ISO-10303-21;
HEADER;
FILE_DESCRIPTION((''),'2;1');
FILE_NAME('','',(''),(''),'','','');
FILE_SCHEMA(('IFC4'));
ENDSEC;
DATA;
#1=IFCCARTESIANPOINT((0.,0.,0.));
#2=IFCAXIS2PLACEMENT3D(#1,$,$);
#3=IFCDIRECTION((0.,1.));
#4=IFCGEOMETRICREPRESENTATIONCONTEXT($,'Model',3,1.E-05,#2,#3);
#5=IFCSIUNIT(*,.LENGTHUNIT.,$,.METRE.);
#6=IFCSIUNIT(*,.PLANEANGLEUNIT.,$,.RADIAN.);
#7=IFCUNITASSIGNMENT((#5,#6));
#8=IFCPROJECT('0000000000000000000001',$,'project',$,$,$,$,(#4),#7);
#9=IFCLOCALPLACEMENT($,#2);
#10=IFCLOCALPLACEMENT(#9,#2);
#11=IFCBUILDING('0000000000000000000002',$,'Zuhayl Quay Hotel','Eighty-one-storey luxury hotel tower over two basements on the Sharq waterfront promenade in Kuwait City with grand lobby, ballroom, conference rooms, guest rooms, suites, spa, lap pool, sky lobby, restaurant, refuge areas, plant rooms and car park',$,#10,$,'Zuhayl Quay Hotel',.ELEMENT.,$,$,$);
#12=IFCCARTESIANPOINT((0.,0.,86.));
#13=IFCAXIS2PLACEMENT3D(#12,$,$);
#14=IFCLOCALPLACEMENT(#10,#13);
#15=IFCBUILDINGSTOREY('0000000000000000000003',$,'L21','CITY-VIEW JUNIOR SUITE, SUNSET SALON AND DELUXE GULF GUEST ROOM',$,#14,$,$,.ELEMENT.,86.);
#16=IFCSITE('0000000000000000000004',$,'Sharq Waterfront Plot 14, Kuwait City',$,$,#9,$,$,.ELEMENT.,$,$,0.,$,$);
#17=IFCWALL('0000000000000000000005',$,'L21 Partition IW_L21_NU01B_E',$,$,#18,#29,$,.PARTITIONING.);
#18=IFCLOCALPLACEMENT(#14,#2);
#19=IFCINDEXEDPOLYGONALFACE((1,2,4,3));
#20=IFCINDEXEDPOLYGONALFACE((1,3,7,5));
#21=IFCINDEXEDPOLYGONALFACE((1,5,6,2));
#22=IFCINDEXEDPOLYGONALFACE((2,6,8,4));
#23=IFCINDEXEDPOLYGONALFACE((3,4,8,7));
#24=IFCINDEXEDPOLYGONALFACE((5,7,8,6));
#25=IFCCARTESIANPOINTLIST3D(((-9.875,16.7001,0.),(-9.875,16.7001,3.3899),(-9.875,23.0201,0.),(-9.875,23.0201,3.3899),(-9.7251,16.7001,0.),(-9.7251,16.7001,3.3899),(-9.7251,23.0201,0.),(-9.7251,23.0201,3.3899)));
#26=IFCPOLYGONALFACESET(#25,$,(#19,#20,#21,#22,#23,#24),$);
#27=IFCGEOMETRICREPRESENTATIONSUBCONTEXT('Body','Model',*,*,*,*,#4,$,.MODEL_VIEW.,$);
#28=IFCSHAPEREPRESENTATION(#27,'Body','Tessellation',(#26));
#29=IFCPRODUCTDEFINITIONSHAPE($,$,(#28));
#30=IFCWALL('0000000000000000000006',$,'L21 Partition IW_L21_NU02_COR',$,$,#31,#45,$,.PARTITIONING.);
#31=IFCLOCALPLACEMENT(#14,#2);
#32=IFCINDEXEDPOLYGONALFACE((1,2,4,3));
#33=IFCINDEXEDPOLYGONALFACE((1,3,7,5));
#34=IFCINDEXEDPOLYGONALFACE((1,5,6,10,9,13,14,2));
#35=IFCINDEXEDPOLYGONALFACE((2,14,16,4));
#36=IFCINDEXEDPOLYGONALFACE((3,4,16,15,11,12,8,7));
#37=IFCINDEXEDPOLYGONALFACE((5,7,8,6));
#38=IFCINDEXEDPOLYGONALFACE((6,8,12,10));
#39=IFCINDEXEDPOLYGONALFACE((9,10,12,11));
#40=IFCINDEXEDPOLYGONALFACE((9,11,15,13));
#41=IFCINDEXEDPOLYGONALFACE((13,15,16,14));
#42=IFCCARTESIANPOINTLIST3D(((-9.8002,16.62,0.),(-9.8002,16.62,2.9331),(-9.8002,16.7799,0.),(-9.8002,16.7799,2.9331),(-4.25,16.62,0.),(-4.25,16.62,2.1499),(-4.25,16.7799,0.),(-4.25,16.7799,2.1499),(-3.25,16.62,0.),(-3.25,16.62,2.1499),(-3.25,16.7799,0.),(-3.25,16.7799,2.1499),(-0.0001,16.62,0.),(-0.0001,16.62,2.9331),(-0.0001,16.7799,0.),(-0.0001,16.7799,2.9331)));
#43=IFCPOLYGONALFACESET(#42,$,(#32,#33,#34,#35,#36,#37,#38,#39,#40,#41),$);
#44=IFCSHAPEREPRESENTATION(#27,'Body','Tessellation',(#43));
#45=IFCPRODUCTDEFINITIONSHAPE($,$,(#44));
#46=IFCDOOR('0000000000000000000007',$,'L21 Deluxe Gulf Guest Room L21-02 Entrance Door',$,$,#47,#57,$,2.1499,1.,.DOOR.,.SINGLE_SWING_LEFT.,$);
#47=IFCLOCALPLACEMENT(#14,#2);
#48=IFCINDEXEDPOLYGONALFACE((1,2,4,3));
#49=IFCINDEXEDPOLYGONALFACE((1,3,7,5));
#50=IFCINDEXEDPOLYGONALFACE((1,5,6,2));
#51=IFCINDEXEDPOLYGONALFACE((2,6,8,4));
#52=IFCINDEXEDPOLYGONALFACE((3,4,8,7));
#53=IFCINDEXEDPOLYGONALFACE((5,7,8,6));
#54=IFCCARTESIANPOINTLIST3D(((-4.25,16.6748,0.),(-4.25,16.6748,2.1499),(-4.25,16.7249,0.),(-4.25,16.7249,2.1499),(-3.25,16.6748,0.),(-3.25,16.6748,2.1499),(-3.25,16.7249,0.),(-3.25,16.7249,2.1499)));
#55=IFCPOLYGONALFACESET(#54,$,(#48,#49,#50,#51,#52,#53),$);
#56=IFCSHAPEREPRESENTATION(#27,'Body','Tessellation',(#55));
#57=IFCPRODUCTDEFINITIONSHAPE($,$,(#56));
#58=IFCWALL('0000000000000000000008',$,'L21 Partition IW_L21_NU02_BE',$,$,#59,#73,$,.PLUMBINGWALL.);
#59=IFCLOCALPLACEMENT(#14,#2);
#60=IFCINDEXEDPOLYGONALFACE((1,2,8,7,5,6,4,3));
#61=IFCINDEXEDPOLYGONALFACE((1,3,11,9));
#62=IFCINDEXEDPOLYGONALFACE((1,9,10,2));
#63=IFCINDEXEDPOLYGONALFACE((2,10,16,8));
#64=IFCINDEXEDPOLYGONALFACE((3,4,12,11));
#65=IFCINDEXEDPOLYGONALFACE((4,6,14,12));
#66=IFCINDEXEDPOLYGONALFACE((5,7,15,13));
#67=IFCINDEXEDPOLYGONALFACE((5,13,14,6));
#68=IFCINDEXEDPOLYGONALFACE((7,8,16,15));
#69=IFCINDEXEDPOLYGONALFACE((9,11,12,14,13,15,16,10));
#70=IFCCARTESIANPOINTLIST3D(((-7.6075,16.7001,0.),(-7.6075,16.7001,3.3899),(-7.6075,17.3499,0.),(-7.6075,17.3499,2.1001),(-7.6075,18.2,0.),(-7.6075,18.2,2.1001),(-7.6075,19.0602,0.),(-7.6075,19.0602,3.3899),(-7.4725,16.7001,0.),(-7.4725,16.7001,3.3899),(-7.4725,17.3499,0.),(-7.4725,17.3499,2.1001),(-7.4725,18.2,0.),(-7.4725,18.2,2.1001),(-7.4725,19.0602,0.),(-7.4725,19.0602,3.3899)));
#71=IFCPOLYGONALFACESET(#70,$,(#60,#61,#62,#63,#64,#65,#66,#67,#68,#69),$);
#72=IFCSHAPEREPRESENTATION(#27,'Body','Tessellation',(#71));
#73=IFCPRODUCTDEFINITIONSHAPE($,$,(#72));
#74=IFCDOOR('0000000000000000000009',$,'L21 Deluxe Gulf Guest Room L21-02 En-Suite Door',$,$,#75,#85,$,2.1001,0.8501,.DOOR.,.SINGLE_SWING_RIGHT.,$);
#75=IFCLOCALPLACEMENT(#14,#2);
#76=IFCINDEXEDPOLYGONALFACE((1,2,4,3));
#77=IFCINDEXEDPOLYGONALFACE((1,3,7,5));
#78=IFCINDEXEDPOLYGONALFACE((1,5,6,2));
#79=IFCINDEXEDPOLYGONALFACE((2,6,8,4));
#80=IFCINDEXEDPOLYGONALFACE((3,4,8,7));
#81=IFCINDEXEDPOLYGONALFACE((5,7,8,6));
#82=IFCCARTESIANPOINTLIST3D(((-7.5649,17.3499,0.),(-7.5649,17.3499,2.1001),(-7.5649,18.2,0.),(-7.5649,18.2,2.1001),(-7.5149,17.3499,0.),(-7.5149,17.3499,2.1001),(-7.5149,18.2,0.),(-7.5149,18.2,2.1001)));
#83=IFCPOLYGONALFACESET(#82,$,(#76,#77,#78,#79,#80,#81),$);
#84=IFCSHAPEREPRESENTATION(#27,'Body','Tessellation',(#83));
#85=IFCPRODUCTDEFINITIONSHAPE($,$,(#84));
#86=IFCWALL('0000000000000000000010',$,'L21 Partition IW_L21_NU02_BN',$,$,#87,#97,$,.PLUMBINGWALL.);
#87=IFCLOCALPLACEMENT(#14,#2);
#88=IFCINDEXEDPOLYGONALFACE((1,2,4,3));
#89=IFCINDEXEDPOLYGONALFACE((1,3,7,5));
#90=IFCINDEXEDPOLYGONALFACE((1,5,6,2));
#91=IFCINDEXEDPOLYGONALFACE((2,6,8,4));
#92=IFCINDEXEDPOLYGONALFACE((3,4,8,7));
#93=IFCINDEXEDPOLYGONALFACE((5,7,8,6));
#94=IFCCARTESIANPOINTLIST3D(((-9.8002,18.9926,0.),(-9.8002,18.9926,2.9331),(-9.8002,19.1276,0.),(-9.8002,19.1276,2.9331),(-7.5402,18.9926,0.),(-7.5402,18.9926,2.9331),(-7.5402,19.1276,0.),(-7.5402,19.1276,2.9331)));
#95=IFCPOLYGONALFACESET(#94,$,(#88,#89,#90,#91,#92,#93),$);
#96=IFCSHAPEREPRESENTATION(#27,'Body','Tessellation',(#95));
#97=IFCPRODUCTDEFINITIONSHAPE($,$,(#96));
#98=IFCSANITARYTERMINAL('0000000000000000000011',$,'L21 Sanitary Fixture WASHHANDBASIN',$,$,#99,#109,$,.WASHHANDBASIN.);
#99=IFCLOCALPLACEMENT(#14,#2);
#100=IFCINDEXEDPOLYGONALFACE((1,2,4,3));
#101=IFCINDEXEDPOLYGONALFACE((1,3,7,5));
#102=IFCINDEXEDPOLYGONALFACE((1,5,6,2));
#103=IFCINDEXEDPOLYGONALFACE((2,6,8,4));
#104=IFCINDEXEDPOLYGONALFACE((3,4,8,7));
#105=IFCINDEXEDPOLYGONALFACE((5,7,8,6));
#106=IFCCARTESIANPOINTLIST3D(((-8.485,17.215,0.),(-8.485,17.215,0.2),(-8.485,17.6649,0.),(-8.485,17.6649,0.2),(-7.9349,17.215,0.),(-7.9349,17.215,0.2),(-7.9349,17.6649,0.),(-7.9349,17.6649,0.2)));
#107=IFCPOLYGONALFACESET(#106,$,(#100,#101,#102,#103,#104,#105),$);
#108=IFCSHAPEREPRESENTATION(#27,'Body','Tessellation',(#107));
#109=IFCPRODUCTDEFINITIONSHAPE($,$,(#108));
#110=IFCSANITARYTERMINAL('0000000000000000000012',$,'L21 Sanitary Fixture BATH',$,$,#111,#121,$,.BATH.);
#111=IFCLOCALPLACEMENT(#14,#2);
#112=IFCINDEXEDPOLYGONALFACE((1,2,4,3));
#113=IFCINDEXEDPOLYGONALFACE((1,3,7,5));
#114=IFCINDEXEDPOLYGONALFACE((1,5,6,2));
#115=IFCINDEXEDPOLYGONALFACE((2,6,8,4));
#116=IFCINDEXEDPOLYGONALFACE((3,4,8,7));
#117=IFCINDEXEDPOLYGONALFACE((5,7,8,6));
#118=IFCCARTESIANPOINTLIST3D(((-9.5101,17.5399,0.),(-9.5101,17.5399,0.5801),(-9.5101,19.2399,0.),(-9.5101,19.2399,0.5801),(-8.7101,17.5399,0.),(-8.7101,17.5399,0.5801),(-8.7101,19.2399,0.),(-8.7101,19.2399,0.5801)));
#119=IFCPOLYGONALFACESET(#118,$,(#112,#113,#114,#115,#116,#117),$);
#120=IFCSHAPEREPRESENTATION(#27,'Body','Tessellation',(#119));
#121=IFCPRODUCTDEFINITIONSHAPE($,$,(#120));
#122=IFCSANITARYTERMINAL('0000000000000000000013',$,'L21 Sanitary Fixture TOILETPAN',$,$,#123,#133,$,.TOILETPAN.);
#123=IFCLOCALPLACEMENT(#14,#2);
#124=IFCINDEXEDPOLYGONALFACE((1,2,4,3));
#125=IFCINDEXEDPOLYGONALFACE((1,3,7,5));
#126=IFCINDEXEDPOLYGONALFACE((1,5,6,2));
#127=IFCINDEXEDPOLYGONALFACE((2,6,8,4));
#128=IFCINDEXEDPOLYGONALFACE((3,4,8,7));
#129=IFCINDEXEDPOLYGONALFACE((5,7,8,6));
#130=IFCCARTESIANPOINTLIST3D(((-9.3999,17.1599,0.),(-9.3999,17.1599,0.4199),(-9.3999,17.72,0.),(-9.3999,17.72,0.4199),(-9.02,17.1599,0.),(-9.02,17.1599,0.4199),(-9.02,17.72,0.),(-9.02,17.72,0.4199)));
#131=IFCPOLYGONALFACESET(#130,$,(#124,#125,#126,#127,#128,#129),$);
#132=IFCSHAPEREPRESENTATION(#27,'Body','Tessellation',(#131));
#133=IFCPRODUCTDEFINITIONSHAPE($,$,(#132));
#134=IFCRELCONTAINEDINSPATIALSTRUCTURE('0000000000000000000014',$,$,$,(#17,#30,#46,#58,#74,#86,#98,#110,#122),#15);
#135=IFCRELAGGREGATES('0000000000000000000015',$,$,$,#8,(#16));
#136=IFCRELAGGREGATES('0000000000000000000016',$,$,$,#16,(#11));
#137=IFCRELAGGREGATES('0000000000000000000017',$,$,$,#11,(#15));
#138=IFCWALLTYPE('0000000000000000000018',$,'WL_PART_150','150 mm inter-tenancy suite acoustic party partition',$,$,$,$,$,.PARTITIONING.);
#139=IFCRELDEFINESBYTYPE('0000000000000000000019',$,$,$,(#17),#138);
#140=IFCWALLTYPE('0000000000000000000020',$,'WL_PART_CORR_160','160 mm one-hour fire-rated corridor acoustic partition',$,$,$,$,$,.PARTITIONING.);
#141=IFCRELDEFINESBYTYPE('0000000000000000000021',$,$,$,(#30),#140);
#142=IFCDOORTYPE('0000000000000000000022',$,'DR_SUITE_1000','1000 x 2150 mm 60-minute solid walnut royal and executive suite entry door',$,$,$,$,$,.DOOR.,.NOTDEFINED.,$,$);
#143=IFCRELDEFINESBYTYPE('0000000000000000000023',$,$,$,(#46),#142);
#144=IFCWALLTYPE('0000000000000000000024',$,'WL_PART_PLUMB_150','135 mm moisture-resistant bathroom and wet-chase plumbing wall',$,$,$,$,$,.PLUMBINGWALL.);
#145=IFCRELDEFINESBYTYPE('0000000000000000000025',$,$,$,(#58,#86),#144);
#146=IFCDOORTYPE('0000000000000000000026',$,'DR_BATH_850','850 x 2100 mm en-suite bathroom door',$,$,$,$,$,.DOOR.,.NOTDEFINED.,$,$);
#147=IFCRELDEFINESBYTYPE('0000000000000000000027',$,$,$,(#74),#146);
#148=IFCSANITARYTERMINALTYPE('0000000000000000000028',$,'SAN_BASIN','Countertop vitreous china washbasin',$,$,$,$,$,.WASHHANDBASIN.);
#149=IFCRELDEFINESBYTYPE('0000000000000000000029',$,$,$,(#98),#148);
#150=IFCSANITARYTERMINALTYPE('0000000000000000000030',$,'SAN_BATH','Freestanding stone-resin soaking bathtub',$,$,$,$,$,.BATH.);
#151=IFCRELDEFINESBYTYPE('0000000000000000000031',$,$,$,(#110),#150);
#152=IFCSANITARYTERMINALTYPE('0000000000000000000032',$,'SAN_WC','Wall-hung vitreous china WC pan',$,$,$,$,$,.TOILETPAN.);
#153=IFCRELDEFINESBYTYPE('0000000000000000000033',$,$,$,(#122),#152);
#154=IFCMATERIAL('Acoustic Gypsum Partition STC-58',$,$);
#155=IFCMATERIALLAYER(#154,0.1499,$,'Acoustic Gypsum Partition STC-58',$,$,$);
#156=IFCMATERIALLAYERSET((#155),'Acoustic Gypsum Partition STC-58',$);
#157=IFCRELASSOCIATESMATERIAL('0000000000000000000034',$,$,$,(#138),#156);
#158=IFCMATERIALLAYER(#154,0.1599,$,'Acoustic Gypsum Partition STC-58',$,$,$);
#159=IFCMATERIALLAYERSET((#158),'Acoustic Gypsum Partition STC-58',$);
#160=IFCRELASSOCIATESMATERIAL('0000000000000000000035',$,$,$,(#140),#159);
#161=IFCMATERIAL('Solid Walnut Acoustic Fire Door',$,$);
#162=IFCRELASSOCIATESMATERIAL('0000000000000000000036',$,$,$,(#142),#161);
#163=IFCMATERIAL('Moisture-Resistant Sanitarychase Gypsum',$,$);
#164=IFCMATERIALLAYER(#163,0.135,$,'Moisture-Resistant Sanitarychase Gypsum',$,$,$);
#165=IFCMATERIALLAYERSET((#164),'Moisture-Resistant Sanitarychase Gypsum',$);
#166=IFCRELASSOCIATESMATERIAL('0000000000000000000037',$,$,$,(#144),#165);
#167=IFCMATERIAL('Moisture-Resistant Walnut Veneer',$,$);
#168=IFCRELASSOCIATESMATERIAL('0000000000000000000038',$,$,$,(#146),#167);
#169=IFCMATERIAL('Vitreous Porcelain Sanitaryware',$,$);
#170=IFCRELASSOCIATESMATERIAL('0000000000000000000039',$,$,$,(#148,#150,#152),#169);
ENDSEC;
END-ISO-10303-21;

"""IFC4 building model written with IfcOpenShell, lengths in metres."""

from ifc_helpers import new_model, si_unit, direction, frame, frame_2d, origin, origin_2d, place, context, subcontext, project, spatial, rectangle, extrude, material, layer, layer_set, type_object, element, fill, save


model = new_model("IFC4")

# Units and contexts
model_context = context("Model", 3, precision=1e-05, world=origin(), true_north=direction((0.0, 1.0)))
body_context = subcontext(model_context, "Body", "Model", "MODEL_VIEW")
ifc_project = project(units=[si_unit("LENGTHUNIT", "METRE"), si_unit("PLANEANGLEUNIT", "RADIAN")], contexts=[model_context])

# Site, building, storey
site_placement = place(None, origin())
site = spatial("IfcSite", under=ifc_project, at=site_placement, Name="Sharq Waterfront Plot 14, Kuwait City", CompositionType="ELEMENT", RefElevation=0.0)
building_placement = place(site_placement, origin())
building = spatial("IfcBuilding", under=site, at=building_placement, Name="Zuhayl Quay Hotel", Description="Eighty-one-storey luxury hotel tower over two basements on the Sharq waterfront promenade in Kuwait City with grand lobby, ballroom, conference rooms, guest rooms, suites, spa, lap pool, sky lobby, restaurant, refuge areas, plant rooms and car park", LongName="Zuhayl Quay Hotel", CompositionType="ELEMENT")
storey_placement = place(building_placement, frame((0.0, 0.0, 86.0)))
storey = spatial("IfcBuildingStorey", under=building, at=storey_placement, Name="L21", Description="CITY-VIEW JUNIOR SUITE, SUNSET SALON AND DELUXE GULF GUEST ROOM", CompositionType="ELEMENT", Elevation=86.0)

# Wall
ifc_material_1 = material(Name="Acoustic Gypsum Partition STC-58")
ifc_layer_1 = layer(ifc_material_1, 0.1499, Name="Acoustic Gypsum Partition STC-58")
ifc_layer_set_1 = layer_set([ifc_layer_1], Name="Acoustic Gypsum Partition STC-58")
wall_type_1 = type_object("IfcWallType", Name="WL_PART_150", Description="150 mm inter-tenancy suite acoustic party partition", PredefinedType="PARTITIONING", material=ifc_layer_set_1)
wall_1_placement = place(storey_placement, frame((-9.8, 16.7, 0.0), z_axis=(0.0, 0.0, 1.0), x_axis=(0.0, 1.0, 0.0)))
element("IfcWall", 1, at=wall_1_placement, inside=storey, type_object=wall_type_1, Name="L21 Partition IW_L21_NU01B_E", PredefinedType="PARTITIONING", context=body_context, shape_type="SweptSolid", body=[
    extrude(rectangle(XDim=6.3201, YDim=0.1499, at=frame_2d((3.1602, 0.0))), origin(), (0.0, 0.0, 1.0), 3.3899),
])

# Walls, openings, doors
ifc_layer_2 = layer(ifc_material_1, 0.1599, Name="Acoustic Gypsum Partition STC-58")
ifc_layer_set_2 = layer_set([ifc_layer_2], Name="Acoustic Gypsum Partition STC-58")
wall_type_2 = type_object("IfcWallType", Name="WL_PART_CORR_160", Description="160 mm one-hour fire-rated corridor acoustic partition", PredefinedType="PARTITIONING", material=ifc_layer_set_2)
wall_2_placement = place(storey_placement, frame((-9.8, 16.7, 0.0), z_axis=(0.0, 0.0, 1.0), x_axis=(1.0, 0.0, 0.0)))
wall_2 = element("IfcWall", 2, at=wall_2_placement, inside=storey, type_object=wall_type_2, Name="L21 Partition IW_L21_NU02_COR", PredefinedType="PARTITIONING", context=body_context, shape_type="SweptSolid", body=[
    extrude(rectangle(XDim=9.8, YDim=0.1599, at=frame_2d((4.8999, 0.0))), origin(), (0.0, 0.0, 1.0), 2.9331),
])
opening_1_placement = place(wall_2_placement, frame((5.55, 0.0, 0.0)))
opening_1 = element("IfcOpeningElement", 3, at=opening_1_placement, cuts=wall_2, PredefinedType="OPENING", context=body_context, shape_type="SweptSolid", body=[
    extrude(rectangle(XDim=1.0, YDim=2.1499, at=frame_2d((0.5, 1.075))), frame((0.0, 0.0898, 0.0), z_axis=(0.0, -1.0, 0.0), x_axis=(1.0, 0.0, 0.0)), (0.0, 0.0, 1.0), 0.1799),
])
ifc_material_2 = material(Name="Solid Walnut Acoustic Fire Door")
door_type_1 = type_object("IfcDoorType", Name="DR_SUITE_1000", Description="1000 x 2150 mm 60-minute solid walnut royal and executive suite entry door", OperationType="NOTDEFINED", PredefinedType="DOOR", material=ifc_material_2)
door_1_placement = place(opening_1_placement, origin())
door_1 = element("IfcDoor", 4, at=door_1_placement, inside=storey, type_object=door_type_1, Name="L21 Deluxe Gulf Guest Room L21-02 Entrance Door", OperationType="SINGLE_SWING_LEFT", OverallHeight=2.1499, OverallWidth=1.0, PredefinedType="DOOR", context=body_context, shape_type="SweptSolid", body=[
    extrude(rectangle(XDim=1.0, YDim=2.1499, at=frame_2d((0.5, 1.075))), frame((0.0, 0.0249, 0.0), z_axis=(0.0, -1.0, 0.0), x_axis=(1.0, 0.0, 0.0)), (0.0, 0.0, 1.0), 0.05),
])
fill(opening_1, door_1)
ifc_material_3 = material(Name="Moisture-Resistant Sanitarychase Gypsum")
ifc_layer_3 = layer(ifc_material_3, 0.135, Name="Moisture-Resistant Sanitarychase Gypsum")
ifc_layer_set_3 = layer_set([ifc_layer_3], Name="Moisture-Resistant Sanitarychase Gypsum")
wall_type_3 = type_object("IfcWallType", Name="WL_PART_PLUMB_150", Description="135 mm moisture-resistant bathroom and wet-chase plumbing wall", PredefinedType="PLUMBINGWALL", material=ifc_layer_set_3)
wall_3_placement = place(storey_placement, frame((-7.54, 16.7, 0.0), z_axis=(0.0, 0.0, 1.0), x_axis=(0.0, 1.0, 0.0)))
wall_3 = element("IfcWall", 5, at=wall_3_placement, inside=storey, type_object=wall_type_3, Name="L21 Partition IW_L21_NU02_BE", PredefinedType="PLUMBINGWALL", context=body_context, shape_type="SweptSolid", body=[
    extrude(rectangle(XDim=2.3601, YDim=0.135, at=frame_2d((1.1802, 0.0))), origin(), (0.0, 0.0, 1.0), 3.3899),
])
opening_2_placement = place(wall_3_placement, frame((0.6499, 0.0, 0.0)))
opening_2 = element("IfcOpeningElement", 6, at=opening_2_placement, cuts=wall_3, PredefinedType="OPENING", context=body_context, shape_type="SweptSolid", body=[
    extrude(rectangle(XDim=0.8501, YDim=2.1001, at=frame_2d((0.425, 1.05))), frame((0.0, 0.0774, 0.0), z_axis=(0.0, -1.0, 0.0), x_axis=(1.0, 0.0, 0.0)), (0.0, 0.0, 1.0), 0.155),
])
ifc_material_4 = material(Name="Moisture-Resistant Walnut Veneer")
door_type_2 = type_object("IfcDoorType", Name="DR_BATH_850", Description="850 x 2100 mm en-suite bathroom door", OperationType="NOTDEFINED", PredefinedType="DOOR", material=ifc_material_4)
door_2_placement = place(opening_2_placement, origin())
door_2 = element("IfcDoor", 7, at=door_2_placement, inside=storey, type_object=door_type_2, Name="L21 Deluxe Gulf Guest Room L21-02 En-Suite Door", OperationType="SINGLE_SWING_RIGHT", OverallHeight=2.1001, OverallWidth=0.8501, PredefinedType="DOOR", context=body_context, shape_type="SweptSolid", body=[
    extrude(rectangle(XDim=0.8501, YDim=2.1001, at=frame_2d((0.425, 1.05))), frame((0.0, 0.0249, 0.0), z_axis=(0.0, -1.0, 0.0), x_axis=(1.0, 0.0, 0.0)), (0.0, 0.0, 1.0), 0.05),
])
fill(opening_2, door_2)

# Wall
wall_4_placement = place(storey_placement, frame((-9.8, 19.0601, 0.0), z_axis=(0.0, 0.0, 1.0), x_axis=(1.0, 0.0, 0.0)))
element("IfcWall", 8, at=wall_4_placement, inside=storey, type_object=wall_type_3, Name="L21 Partition IW_L21_NU02_BN", PredefinedType="PLUMBINGWALL", context=body_context, shape_type="SweptSolid", body=[
    extrude(rectangle(XDim=2.26, YDim=0.135, at=frame_2d((1.1299, 0.0))), origin(), (0.0, 0.0, 1.0), 2.9331),
])

# Sanitary terminals
ifc_material_5 = material(Name="Vitreous Porcelain Sanitaryware")
sanitary_terminal_type_1 = type_object("IfcSanitaryTerminalType", Name="SAN_BASIN", Description="Countertop vitreous china washbasin", PredefinedType="WASHHANDBASIN", material=ifc_material_5)
sanitary_terminal_1_placement = place(storey_placement, frame((-8.21, 17.4399, 0.0), z_axis=(0.0, 0.0, 1.0), x_axis=(1.0, 0.0, 0.0)))
element("IfcSanitaryTerminal", 9, at=sanitary_terminal_1_placement, inside=storey, type_object=sanitary_terminal_type_1, Name="L21 Sanitary Fixture WASHHANDBASIN", PredefinedType="WASHHANDBASIN", context=body_context, shape_type="SweptSolid", body=[
    extrude(rectangle(XDim=0.55, YDim=0.45, at=origin_2d()), origin(), (0.0, 0.0, 1.0), 0.2),
])
sanitary_terminal_type_2 = type_object("IfcSanitaryTerminalType", Name="SAN_BATH", Description="Freestanding stone-resin soaking bathtub", PredefinedType="BATH", material=ifc_material_5)
sanitary_terminal_2_placement = place(storey_placement, frame((-9.1101, 18.3899, 0.0), z_axis=(0.0, 0.0, 1.0), x_axis=(1.0, 0.0, 0.0)))
element("IfcSanitaryTerminal", 10, at=sanitary_terminal_2_placement, inside=storey, type_object=sanitary_terminal_type_2, Name="L21 Sanitary Fixture BATH", PredefinedType="BATH", context=body_context, shape_type="SweptSolid", body=[
    extrude(rectangle(XDim=0.8, YDim=1.7, at=origin_2d()), origin(), (0.0, 0.0, 1.0), 0.5801),
])
sanitary_terminal_type_3 = type_object("IfcSanitaryTerminalType", Name="SAN_WC", Description="Wall-hung vitreous china WC pan", PredefinedType="TOILETPAN", material=ifc_material_5)
sanitary_terminal_3_placement = place(storey_placement, frame((-9.21, 17.4399, 0.0), z_axis=(0.0, 0.0, 1.0), x_axis=(1.0, 0.0, 0.0)))
element("IfcSanitaryTerminal", 11, at=sanitary_terminal_3_placement, inside=storey, type_object=sanitary_terminal_type_3, Name="L21 Sanitary Fixture TOILETPAN", PredefinedType="TOILETPAN", context=body_context, shape_type="SweptSolid", body=[
    extrude(rectangle(XDim=0.3799, YDim=0.5601, at=origin_2d()), origin(), (0.0, 0.0, 1.0), 0.4199),
])

save(model, "model.ifc")
